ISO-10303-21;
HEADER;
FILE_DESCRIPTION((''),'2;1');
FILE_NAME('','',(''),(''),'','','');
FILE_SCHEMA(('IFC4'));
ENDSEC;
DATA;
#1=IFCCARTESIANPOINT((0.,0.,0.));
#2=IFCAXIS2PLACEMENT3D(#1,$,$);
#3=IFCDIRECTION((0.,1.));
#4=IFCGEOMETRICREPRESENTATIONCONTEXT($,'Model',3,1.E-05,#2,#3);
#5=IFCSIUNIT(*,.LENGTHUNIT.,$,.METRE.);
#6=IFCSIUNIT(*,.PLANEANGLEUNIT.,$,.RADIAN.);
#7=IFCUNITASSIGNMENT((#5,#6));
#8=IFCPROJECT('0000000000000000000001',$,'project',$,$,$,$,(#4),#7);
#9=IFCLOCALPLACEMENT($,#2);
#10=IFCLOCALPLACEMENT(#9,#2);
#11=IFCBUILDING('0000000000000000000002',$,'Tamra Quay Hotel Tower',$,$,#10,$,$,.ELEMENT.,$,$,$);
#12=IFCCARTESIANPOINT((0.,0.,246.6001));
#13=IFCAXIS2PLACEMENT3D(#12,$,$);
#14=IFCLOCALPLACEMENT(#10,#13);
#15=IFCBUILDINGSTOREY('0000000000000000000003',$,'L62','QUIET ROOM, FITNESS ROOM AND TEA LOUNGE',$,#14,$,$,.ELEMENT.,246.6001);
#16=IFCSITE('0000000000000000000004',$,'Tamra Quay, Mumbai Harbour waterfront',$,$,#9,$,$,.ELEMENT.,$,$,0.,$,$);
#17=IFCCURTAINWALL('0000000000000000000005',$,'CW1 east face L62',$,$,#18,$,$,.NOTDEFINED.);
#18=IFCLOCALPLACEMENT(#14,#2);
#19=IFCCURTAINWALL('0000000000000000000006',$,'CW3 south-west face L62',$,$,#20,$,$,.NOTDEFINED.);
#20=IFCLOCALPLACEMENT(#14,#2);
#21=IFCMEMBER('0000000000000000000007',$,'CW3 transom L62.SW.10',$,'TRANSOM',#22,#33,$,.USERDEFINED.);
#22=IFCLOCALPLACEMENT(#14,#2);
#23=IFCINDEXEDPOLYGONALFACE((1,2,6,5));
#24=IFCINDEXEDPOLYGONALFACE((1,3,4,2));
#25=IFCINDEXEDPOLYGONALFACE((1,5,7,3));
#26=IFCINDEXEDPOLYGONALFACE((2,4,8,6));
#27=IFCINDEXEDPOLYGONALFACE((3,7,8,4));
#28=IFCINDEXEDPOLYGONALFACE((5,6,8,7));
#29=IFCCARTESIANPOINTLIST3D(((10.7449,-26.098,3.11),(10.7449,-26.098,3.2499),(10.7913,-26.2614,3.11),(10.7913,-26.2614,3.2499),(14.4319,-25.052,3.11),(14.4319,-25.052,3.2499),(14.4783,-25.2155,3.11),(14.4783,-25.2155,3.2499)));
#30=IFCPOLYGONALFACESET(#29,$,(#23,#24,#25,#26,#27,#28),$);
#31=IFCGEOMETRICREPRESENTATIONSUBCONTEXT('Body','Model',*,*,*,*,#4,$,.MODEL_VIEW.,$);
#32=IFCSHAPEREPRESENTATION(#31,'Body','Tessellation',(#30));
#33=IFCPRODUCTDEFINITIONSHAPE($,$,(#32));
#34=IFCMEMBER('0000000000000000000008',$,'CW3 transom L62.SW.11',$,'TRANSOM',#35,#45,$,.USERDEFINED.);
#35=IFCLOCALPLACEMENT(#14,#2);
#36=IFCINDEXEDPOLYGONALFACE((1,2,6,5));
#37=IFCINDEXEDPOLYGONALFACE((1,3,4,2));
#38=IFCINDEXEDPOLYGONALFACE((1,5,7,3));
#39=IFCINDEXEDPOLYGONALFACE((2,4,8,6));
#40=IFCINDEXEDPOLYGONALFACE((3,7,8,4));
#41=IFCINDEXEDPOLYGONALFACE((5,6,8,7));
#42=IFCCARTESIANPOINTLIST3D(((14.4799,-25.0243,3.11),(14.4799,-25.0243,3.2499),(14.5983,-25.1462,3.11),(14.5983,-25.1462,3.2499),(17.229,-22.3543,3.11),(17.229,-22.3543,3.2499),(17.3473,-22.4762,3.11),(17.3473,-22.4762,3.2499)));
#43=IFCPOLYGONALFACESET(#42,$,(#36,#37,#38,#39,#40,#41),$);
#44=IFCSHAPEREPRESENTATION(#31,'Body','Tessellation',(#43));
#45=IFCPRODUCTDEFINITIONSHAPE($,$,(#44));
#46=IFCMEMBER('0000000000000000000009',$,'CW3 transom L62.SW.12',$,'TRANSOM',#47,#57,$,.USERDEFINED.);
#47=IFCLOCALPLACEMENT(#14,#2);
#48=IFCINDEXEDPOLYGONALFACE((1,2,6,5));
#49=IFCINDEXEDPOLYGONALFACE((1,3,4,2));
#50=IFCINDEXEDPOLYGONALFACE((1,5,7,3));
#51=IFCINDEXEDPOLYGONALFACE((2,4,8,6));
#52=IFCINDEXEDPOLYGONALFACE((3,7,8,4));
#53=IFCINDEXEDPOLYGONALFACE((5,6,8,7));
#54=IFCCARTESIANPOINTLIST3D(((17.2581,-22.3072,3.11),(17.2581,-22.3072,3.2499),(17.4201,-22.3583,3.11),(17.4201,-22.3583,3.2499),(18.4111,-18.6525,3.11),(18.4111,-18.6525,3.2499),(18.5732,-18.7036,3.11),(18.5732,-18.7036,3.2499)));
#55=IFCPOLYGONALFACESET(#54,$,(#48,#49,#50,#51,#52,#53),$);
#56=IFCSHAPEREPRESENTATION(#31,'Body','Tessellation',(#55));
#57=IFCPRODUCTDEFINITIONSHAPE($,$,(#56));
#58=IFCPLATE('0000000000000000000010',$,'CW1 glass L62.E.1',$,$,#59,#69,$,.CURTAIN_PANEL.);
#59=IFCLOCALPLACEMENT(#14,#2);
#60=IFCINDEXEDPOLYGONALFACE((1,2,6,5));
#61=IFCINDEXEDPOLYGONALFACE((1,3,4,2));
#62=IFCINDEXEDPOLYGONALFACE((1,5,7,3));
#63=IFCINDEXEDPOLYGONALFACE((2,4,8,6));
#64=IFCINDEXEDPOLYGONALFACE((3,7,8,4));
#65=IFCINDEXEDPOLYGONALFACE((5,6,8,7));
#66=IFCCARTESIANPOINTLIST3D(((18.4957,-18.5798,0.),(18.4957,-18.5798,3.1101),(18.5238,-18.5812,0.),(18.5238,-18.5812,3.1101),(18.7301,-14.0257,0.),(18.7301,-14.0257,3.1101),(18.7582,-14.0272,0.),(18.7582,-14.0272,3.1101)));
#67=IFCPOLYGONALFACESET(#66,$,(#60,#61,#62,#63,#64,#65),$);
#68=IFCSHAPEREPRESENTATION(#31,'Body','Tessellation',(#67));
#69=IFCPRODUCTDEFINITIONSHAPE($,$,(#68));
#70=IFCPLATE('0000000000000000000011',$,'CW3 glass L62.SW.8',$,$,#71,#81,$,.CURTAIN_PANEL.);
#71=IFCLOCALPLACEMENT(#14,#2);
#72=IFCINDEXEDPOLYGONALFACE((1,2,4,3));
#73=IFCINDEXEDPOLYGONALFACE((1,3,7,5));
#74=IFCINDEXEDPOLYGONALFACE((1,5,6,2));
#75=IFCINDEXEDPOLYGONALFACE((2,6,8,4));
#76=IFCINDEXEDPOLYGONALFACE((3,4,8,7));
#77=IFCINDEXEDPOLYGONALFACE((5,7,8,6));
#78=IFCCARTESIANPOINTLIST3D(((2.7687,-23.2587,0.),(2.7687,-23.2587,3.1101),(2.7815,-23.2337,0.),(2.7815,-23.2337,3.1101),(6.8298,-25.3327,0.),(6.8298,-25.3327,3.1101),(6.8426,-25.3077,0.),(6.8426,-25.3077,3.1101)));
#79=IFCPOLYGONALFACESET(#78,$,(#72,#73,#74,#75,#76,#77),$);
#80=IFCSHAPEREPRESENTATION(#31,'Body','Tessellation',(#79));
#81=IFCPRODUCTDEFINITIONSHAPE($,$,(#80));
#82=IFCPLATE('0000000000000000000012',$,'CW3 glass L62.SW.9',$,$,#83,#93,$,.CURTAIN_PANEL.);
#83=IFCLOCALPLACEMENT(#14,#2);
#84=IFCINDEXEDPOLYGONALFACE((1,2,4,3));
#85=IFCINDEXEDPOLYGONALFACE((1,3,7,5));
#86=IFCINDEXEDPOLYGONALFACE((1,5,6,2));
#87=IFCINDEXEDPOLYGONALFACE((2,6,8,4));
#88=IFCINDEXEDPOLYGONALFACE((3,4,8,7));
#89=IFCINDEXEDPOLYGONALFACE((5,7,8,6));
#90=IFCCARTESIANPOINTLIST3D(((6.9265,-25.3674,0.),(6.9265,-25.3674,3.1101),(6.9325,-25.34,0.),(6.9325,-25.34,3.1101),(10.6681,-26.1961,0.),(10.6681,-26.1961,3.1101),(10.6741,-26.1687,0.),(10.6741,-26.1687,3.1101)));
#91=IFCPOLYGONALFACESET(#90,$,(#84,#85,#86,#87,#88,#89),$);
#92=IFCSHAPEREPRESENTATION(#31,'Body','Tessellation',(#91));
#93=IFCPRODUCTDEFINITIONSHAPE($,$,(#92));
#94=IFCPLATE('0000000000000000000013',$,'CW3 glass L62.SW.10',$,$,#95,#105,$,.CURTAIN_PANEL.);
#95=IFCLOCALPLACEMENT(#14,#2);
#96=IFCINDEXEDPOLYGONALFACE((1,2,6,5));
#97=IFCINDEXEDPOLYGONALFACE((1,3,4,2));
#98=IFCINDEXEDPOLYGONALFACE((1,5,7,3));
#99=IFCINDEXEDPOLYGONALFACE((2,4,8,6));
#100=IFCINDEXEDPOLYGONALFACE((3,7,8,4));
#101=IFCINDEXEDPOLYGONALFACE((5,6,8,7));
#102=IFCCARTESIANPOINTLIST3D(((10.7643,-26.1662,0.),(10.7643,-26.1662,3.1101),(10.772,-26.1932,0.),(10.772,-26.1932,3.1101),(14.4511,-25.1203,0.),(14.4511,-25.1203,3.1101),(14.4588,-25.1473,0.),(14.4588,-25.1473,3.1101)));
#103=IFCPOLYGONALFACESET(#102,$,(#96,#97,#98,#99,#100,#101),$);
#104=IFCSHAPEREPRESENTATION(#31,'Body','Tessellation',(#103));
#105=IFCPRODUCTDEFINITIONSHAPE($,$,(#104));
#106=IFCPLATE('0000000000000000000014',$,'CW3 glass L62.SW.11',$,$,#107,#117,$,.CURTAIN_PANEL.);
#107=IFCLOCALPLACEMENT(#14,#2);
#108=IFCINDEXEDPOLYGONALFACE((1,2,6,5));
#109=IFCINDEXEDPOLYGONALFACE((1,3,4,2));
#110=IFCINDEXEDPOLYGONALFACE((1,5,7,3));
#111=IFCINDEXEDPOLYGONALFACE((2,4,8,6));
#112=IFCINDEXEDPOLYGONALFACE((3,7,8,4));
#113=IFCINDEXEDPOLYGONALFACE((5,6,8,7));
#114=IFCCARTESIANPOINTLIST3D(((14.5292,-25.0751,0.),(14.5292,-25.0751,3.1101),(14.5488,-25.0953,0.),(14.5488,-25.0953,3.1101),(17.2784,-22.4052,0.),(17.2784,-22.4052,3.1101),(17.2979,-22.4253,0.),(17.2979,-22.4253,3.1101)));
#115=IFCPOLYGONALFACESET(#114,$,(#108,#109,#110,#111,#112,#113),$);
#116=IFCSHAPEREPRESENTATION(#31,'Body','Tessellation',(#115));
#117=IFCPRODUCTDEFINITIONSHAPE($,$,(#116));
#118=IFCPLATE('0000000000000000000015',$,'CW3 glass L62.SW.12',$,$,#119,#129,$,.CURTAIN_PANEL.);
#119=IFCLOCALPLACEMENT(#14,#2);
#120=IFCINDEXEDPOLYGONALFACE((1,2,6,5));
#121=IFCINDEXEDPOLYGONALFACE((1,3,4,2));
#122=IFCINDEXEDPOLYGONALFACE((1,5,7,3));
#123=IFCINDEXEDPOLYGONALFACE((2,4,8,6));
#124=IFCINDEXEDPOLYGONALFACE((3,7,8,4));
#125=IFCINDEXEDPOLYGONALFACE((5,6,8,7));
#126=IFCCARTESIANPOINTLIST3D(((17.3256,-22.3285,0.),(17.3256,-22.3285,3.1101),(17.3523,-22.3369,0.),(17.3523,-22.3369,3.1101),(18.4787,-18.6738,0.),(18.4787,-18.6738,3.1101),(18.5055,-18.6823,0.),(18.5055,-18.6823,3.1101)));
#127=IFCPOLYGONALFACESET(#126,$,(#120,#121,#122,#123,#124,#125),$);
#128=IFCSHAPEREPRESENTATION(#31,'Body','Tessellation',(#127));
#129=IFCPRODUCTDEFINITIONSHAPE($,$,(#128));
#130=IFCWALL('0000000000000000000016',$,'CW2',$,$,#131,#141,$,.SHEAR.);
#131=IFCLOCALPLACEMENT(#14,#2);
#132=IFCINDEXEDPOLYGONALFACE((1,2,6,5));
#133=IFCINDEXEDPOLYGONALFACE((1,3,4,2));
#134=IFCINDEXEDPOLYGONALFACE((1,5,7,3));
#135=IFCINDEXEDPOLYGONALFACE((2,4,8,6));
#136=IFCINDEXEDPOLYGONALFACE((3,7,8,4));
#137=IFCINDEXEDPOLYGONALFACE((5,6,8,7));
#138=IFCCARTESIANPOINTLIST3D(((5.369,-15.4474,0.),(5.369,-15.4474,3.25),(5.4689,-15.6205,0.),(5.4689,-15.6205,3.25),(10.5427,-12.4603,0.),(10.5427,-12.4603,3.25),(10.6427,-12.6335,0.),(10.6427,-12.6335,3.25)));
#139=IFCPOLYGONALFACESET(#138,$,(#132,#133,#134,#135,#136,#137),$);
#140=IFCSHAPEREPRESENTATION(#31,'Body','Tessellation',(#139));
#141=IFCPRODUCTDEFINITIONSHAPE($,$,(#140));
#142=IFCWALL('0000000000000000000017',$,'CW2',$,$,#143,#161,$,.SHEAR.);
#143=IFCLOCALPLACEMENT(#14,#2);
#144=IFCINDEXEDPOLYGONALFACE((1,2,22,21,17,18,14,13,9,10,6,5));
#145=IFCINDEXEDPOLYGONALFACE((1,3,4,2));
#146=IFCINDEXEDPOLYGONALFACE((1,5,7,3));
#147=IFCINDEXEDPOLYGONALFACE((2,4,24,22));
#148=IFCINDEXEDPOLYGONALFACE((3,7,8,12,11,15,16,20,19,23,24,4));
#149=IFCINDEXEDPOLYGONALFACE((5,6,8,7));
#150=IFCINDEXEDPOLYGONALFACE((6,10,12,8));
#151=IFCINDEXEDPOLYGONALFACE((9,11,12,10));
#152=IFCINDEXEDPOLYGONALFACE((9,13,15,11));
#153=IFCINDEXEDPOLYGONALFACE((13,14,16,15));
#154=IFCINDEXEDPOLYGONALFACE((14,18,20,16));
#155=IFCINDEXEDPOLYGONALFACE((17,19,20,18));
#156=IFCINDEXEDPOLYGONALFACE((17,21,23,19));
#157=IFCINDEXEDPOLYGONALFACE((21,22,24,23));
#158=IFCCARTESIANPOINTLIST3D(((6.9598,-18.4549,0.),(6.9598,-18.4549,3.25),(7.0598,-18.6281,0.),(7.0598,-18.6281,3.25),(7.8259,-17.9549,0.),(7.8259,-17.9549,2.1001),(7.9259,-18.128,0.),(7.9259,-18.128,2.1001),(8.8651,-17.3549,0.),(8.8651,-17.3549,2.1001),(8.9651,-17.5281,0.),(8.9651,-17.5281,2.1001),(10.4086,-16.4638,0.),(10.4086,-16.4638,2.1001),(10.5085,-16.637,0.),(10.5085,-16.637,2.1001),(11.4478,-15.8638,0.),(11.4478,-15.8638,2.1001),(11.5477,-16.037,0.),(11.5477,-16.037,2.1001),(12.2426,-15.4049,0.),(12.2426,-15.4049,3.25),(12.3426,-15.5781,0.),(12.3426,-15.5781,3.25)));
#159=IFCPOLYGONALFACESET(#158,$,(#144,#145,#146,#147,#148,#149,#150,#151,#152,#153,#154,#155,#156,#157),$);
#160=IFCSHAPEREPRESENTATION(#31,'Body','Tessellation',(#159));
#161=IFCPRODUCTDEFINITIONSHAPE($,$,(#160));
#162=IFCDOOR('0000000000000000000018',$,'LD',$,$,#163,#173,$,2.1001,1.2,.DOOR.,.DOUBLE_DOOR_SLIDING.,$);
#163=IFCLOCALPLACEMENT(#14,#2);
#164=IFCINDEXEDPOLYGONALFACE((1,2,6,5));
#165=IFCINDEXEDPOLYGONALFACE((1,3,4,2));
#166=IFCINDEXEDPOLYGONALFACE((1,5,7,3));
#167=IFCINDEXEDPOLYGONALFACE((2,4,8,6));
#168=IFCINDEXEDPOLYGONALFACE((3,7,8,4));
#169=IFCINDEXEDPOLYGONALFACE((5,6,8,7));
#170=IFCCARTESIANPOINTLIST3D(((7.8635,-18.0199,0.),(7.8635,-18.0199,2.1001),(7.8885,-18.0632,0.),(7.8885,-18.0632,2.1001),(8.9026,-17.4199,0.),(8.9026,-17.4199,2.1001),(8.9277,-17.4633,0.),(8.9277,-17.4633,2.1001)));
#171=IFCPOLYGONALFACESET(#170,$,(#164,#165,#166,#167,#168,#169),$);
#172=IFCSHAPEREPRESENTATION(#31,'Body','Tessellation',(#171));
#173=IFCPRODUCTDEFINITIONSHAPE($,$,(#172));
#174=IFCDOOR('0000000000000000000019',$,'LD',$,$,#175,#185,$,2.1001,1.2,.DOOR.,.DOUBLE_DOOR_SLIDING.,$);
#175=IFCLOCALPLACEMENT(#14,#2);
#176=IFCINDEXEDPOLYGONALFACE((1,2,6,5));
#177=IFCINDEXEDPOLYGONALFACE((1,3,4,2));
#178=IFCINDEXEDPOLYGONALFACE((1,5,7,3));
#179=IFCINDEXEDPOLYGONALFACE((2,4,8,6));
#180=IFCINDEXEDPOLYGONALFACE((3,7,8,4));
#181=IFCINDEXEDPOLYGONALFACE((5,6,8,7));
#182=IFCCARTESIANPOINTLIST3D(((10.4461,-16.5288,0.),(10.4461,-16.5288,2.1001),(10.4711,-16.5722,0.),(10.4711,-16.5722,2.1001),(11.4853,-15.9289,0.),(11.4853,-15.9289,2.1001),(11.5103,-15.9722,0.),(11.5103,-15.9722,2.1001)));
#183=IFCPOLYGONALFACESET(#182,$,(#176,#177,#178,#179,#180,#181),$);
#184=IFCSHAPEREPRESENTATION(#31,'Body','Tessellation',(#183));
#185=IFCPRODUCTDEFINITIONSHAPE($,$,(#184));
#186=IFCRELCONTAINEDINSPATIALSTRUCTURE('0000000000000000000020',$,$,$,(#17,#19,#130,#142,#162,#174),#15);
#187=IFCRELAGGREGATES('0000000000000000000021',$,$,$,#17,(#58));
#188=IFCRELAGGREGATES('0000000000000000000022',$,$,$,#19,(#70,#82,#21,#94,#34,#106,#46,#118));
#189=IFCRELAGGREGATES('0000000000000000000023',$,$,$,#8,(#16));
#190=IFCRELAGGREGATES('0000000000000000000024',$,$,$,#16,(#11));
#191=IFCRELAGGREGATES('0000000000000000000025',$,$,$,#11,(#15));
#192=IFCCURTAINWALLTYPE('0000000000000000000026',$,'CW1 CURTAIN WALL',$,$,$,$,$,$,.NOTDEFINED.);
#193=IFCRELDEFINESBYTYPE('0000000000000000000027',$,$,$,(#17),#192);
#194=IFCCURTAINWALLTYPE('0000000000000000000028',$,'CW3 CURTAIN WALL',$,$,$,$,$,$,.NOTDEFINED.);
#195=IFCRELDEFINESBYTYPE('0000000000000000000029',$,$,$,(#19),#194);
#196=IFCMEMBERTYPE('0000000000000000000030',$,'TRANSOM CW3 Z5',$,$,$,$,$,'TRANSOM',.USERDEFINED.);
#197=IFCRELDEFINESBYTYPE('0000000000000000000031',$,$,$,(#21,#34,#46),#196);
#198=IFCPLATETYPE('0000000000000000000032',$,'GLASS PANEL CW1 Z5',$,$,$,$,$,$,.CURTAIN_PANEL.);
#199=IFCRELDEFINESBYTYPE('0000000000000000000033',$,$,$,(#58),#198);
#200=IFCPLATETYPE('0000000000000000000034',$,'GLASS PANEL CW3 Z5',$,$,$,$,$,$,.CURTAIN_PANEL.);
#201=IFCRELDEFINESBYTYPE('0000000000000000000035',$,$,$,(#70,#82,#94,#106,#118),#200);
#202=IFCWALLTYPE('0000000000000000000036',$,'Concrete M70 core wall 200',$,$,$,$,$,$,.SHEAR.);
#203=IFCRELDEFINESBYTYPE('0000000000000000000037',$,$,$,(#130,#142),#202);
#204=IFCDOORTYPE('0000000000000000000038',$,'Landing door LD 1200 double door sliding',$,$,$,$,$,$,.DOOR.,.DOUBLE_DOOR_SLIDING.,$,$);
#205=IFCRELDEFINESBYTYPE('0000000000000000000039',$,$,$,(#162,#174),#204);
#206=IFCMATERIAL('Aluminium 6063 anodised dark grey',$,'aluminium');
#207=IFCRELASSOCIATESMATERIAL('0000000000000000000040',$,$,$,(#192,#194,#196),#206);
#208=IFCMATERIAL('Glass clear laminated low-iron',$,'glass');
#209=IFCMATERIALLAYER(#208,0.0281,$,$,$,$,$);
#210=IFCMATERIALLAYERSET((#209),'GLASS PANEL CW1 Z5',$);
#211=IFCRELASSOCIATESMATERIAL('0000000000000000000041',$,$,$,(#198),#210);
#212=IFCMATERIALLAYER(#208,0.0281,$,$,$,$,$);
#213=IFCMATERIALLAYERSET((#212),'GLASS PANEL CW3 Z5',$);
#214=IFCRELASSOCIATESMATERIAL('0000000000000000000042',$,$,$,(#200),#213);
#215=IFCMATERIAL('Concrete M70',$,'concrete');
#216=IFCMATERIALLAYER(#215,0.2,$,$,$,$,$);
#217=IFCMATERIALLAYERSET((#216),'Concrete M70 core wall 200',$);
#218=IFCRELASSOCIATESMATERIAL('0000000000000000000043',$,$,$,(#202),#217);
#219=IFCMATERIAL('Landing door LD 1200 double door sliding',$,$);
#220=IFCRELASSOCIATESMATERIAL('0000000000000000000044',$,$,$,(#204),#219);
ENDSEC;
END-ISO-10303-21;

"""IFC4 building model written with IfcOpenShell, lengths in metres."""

from ifc_helpers import new_model, si_unit, direction, frame, frame_2d, origin, origin_2d, place, context, subcontext, project, spatial, rectangle, extrude, material, layer, layer_set, material_profile, profile_set, type_object, element, fill, aggregate, save


model = new_model("IFC4")

# Units and contexts
model_context = context("Model", 3, precision=1e-05, world=origin(), true_north=direction((0.0, 1.0)))
body_context = subcontext(model_context, "Body", "Model", "MODEL_VIEW")
ifc_project = project(units=[si_unit("LENGTHUNIT", "METRE"), si_unit("PLANEANGLEUNIT", "RADIAN")], contexts=[model_context])

# Site, building, storey
site_placement = place(None, origin())
site = spatial("IfcSite", under=ifc_project, at=site_placement, Name="Tamra Quay, Mumbai Harbour waterfront", CompositionType="ELEMENT", RefElevation=0.0)
building_placement = place(site_placement, origin())
building = spatial("IfcBuilding", under=site, at=building_placement, Name="Tamra Quay Hotel Tower", CompositionType="ELEMENT")
storey_placement = place(building_placement, frame((0.0, 0.0, 246.6001)))
storey = spatial("IfcBuildingStorey", under=building, at=storey_placement, Name="L62", Description="QUIET ROOM, FITNESS ROOM AND TEA LOUNGE", CompositionType="ELEMENT", Elevation=246.6001)

# Shared definitions
ifc_material_1 = material(Name="Concrete M70", Category="concrete")

# Curtain wall
ifc_material_2 = material(Name="Aluminium 6063 anodised dark grey", Category="aluminium")
curtain_wall_type_1 = type_object("IfcCurtainWallType", Name="CW1 CURTAIN WALL", PredefinedType="NOTDEFINED", material=ifc_material_2)
curtain_wall_1_placement = place(storey_placement, origin())
curtain_wall_1 = element("IfcCurtainWall", 1, at=curtain_wall_1_placement, inside=storey, type_object=curtain_wall_type_1, Name="CW1 east face L62", PredefinedType="NOTDEFINED")

# Curtain wall
curtain_wall_type_2 = type_object("IfcCurtainWallType", Name="CW3 CURTAIN WALL", PredefinedType="NOTDEFINED", material=ifc_material_2)
curtain_wall_2_placement = place(storey_placement, origin())
curtain_wall_2 = element("IfcCurtainWall", 2, at=curtain_wall_2_placement, inside=storey, type_object=curtain_wall_type_2, Name="CW3 south-west face L62", PredefinedType="NOTDEFINED")

# Members
ifc_material_profile_1 = material_profile(ifc_material_2, rectangle(XDim=0.1699, YDim=0.1399, at=origin_2d()), Name="TRANSOM 170X140")
ifc_profile_set_1 = profile_set([ifc_material_profile_1], Name="Aluminium 6063 anodised dark grey")
member_type_1 = type_object("IfcMemberType", Name="TRANSOM CW3 Z5", ElementType="TRANSOM", PredefinedType="USERDEFINED", material=ifc_profile_set_1)
member_1_placement = place(storey_placement, frame((10.7681, -26.1797, 3.1799), z_axis=(0.962041, 0.272903, 0.0), x_axis=(-0.272903, 0.962041, 0.0)))
member_1 = element("IfcMember", 3, at=member_1_placement, type_object=member_type_1, Name="CW3 transom L62.SW.10", ObjectType="TRANSOM", PredefinedType="USERDEFINED", context=body_context, shape_type="SweptSolid", body=[
    extrude(rectangle(XDim=0.1699, YDim=0.1399, at=origin_2d()), origin(), (0.0, 0.0, 1.0), 3.8325),
])
member_2_placement = place(storey_placement, frame((14.5391, -25.0852, 3.1799), z_axis=(0.717352, 0.696711, 0.0), x_axis=(-0.696711, 0.717352, 0.0)))
member_2 = element("IfcMember", 4, at=member_2_placement, type_object=member_type_1, Name="CW3 transom L62.SW.11", ObjectType="TRANSOM", PredefinedType="USERDEFINED", context=body_context, shape_type="SweptSolid", body=[
    extrude(rectangle(XDim=0.1699, YDim=0.1399, at=origin_2d()), origin(), (0.0, 0.0, 1.0), 3.8323),
])
member_3_placement = place(storey_placement, frame((17.3391, -22.3328, 3.1799), z_axis=(0.300878, 0.953663, 0.0), x_axis=(-0.953663, 0.300878, 0.0)))
member_3 = element("IfcMember", 5, at=member_3_placement, type_object=member_type_1, Name="CW3 transom L62.SW.12", ObjectType="TRANSOM", PredefinedType="USERDEFINED", context=body_context, shape_type="SweptSolid", body=[
    extrude(rectangle(XDim=0.1699, YDim=0.1399, at=origin_2d()), origin(), (0.0, 0.0, 1.0), 3.8323),
])

# Plates
ifc_material_3 = material(Name="Glass clear laminated low-iron", Category="glass")
ifc_layer_1 = layer(ifc_material_3, 0.0281)
ifc_layer_set_1 = layer_set([ifc_layer_1], Name="GLASS PANEL CW1 Z5")
plate_type_1 = type_object("IfcPlateType", Name="GLASS PANEL CW1 Z5", PredefinedType="CURTAIN_PANEL", material=ifc_layer_set_1)
plate_1_placement = place(storey_placement, frame((18.627, -16.3035, 0.0), z_axis=(0.0, 0.0, 1.0), x_axis=(0.051403, 0.998678, 0.0)))
plate_1 = element("IfcPlate", 6, at=plate_1_placement, type_object=plate_type_1, Name="CW1 glass L62.E.1", PredefinedType="CURTAIN_PANEL", context=body_context, shape_type="SweptSolid", body=[
    extrude(rectangle(XDim=4.5601, YDim=0.0281, at=origin_2d()), origin(), (0.0, 0.0, 1.0), 3.1101),
])
aggregate(curtain_wall_1, [plate_1])
ifc_layer_2 = layer(ifc_material_3, 0.0281)
ifc_layer_set_2 = layer_set([ifc_layer_2], Name="GLASS PANEL CW3 Z5")
plate_type_2 = type_object("IfcPlateType", Name="GLASS PANEL CW3 Z5", PredefinedType="CURTAIN_PANEL", material=ifc_layer_set_2)
plate_2_placement = place(storey_placement, frame((4.8057, -24.2832, 0.0), z_axis=(0.0, 0.0, 1.0), x_axis=(0.890582, -0.454823, 0.0)))
plate_2 = element("IfcPlate", 7, at=plate_2_placement, type_object=plate_type_2, Name="CW3 glass L62.SW.8", PredefinedType="CURTAIN_PANEL", context=body_context, shape_type="SweptSolid", body=[
    extrude(rectangle(XDim=4.5601, YDim=0.0281, at=origin_2d()), origin(), (0.0, 0.0, 1.0), 3.1101),
])
plate_3_placement = place(storey_placement, frame((8.8003, -25.7681, 0.0), z_axis=(0.0, 0.0, 1.0), x_axis=(0.976341, -0.216238, 0.0)))
plate_3 = element("IfcPlate", 8, at=plate_3_placement, type_object=plate_type_2, Name="CW3 glass L62.SW.9", PredefinedType="CURTAIN_PANEL", context=body_context, shape_type="SweptSolid", body=[
    extrude(rectangle(XDim=3.8323, YDim=0.0281, at=origin_2d()), origin(), (0.0, 0.0, 1.0), 3.1101),
])
plate_4_placement = place(storey_placement, frame((12.6116, -25.6567, 0.0), z_axis=(0.0, 0.0, 1.0), x_axis=(0.962041, 0.272906, 0.0)))
plate_4 = element("IfcPlate", 9, at=plate_4_placement, type_object=plate_type_2, Name="CW3 glass L62.SW.10", PredefinedType="CURTAIN_PANEL", context=body_context, shape_type="SweptSolid", body=[
    extrude(rectangle(XDim=3.8323, YDim=0.0281, at=origin_2d()), origin(), (0.0, 0.0, 1.0), 3.1101),
])
plate_5_placement = place(storey_placement, frame((15.9136, -23.7502, 0.0), z_axis=(0.0, 0.0, 1.0), x_axis=(0.717364, 0.696698, 0.0)))
plate_5 = element("IfcPlate", 10, at=plate_5_placement, type_object=plate_type_2, Name="CW3 glass L62.SW.11", PredefinedType="CURTAIN_PANEL", context=body_context, shape_type="SweptSolid", body=[
    extrude(rectangle(XDim=3.8323, YDim=0.0281, at=origin_2d()), origin(), (0.0, 0.0, 1.0), 3.1101),
])
plate_6_placement = place(storey_placement, frame((17.9155, -20.5054, 0.0), z_axis=(0.0, 0.0, 1.0), x_axis=(0.300903, 0.953655, 0.0)))
plate_6 = element("IfcPlate", 11, at=plate_6_placement, type_object=plate_type_2, Name="CW3 glass L62.SW.12", PredefinedType="CURTAIN_PANEL", context=body_context, shape_type="SweptSolid", body=[
    extrude(rectangle(XDim=3.8323, YDim=0.0281, at=origin_2d()), origin(), (0.0, 0.0, 1.0), 3.1101),
])
aggregate(curtain_wall_2, [plate_2, plate_3, member_1, plate_4, member_2, plate_5, member_3, plate_6])

# Wall
ifc_layer_3 = layer(ifc_material_1, 0.2)
ifc_layer_set_3 = layer_set([ifc_layer_3], Name="Concrete M70 core wall 200")
wall_type_1 = type_object("IfcWallType", Name="Concrete M70 core wall 200", PredefinedType="SHEAR", material=ifc_layer_set_3)
wall_1_placement = place(storey_placement, frame((5.4189, -15.5339, 0.0), z_axis=(0.0, 0.0, 1.0), x_axis=(0.866029, 0.499994, 0.0)))
element("IfcWall", 12, at=wall_1_placement, inside=storey, type_object=wall_type_1, Name="CW2", PredefinedType="SHEAR", context=body_context, shape_type="SweptSolid", body=[
    extrude(rectangle(XDim=5.9741, YDim=0.2, at=frame_2d((2.9871, 0.0))), origin(), (0.0, 0.0, 1.0), 3.25),
])

# Wall, openings, doors
wall_2_placement = place(storey_placement, frame((7.0098, -18.5415, 0.0), z_axis=(0.0, 0.0, 1.0), x_axis=(0.86603, 0.499992, 0.0)))
wall_2 = element("IfcWall", 13, at=wall_2_placement, inside=storey, type_object=wall_type_1, Name="CW2", PredefinedType="SHEAR", context=body_context, shape_type="SweptSolid", body=[
    extrude(rectangle(XDim=6.1001, YDim=0.2, at=frame_2d((3.05, 0.0))), origin(), (0.0, 0.0, 1.0), 3.25),
])
opening_1_placement = place(wall_2_placement, frame((1.0, 0.0, 0.0)))
opening_1 = element("IfcOpeningElement", 14, at=opening_1_placement, cuts=wall_2, PredefinedType="OPENING", context=body_context, shape_type="SweptSolid", body=[
    extrude(rectangle(XDim=1.2, YDim=2.1001, at=frame_2d((0.6001, 1.05))), frame((0.0, 0.1099, 0.0), z_axis=(0.0, -1.0, 0.0), x_axis=(1.0, 0.0, 0.0)), (0.0, 0.0, 1.0), 0.22),
])
opening_2_placement = place(wall_2_placement, frame((3.9822, 0.0, 0.0)))
opening_2 = element("IfcOpeningElement", 15, at=opening_2_placement, cuts=wall_2, PredefinedType="OPENING", context=body_context, shape_type="SweptSolid", body=[
    extrude(rectangle(XDim=1.2, YDim=2.1001, at=frame_2d((0.6001, 1.05))), frame((0.0, 0.1099, 0.0), z_axis=(0.0, -1.0, 0.0), x_axis=(1.0, 0.0, 0.0)), (0.0, 0.0, 1.0), 0.22),
])
ifc_material_4 = material(Name="Landing door LD 1200 double door sliding")
door_type_1 = type_object("IfcDoorType", Name="Landing door LD 1200 double door sliding", OperationType="DOUBLE_DOOR_SLIDING", PredefinedType="DOOR", material=ifc_material_4)
door_1_placement = place(opening_1_placement, origin())
door_1 = element("IfcDoor", 16, at=door_1_placement, inside=storey, type_object=door_type_1, Name="LD", OperationType="DOUBLE_DOOR_SLIDING", OverallHeight=2.1001, OverallWidth=1.2, PredefinedType="DOOR", context=body_context, shape_type="SweptSolid", body=[
    extrude(rectangle(XDim=1.2, YDim=2.1001, at=frame_2d((0.6001, 1.05))), frame((0.0, 0.0249, 0.0), z_axis=(0.0, -1.0, 0.0), x_axis=(1.0, 0.0, 0.0)), (0.0, 0.0, 1.0), 0.05),
])
fill(opening_1, door_1)
door_2_placement = place(opening_2_placement, origin())
door_2 = element("IfcDoor", 17, at=door_2_placement, inside=storey, type_object=door_type_1, Name="LD", OperationType="DOUBLE_DOOR_SLIDING", OverallHeight=2.1001, OverallWidth=1.2, PredefinedType="DOOR", context=body_context, shape_type="SweptSolid", body=[
    extrude(rectangle(XDim=1.2, YDim=2.1001, at=frame_2d((0.6001, 1.05))), frame((0.0, 0.0249, 0.0), z_axis=(0.0, -1.0, 0.0), x_axis=(1.0, 0.0, 0.0)), (0.0, 0.0, 1.0), 0.05),
])
fill(opening_2, door_2)

save(model, "model.ifc")
